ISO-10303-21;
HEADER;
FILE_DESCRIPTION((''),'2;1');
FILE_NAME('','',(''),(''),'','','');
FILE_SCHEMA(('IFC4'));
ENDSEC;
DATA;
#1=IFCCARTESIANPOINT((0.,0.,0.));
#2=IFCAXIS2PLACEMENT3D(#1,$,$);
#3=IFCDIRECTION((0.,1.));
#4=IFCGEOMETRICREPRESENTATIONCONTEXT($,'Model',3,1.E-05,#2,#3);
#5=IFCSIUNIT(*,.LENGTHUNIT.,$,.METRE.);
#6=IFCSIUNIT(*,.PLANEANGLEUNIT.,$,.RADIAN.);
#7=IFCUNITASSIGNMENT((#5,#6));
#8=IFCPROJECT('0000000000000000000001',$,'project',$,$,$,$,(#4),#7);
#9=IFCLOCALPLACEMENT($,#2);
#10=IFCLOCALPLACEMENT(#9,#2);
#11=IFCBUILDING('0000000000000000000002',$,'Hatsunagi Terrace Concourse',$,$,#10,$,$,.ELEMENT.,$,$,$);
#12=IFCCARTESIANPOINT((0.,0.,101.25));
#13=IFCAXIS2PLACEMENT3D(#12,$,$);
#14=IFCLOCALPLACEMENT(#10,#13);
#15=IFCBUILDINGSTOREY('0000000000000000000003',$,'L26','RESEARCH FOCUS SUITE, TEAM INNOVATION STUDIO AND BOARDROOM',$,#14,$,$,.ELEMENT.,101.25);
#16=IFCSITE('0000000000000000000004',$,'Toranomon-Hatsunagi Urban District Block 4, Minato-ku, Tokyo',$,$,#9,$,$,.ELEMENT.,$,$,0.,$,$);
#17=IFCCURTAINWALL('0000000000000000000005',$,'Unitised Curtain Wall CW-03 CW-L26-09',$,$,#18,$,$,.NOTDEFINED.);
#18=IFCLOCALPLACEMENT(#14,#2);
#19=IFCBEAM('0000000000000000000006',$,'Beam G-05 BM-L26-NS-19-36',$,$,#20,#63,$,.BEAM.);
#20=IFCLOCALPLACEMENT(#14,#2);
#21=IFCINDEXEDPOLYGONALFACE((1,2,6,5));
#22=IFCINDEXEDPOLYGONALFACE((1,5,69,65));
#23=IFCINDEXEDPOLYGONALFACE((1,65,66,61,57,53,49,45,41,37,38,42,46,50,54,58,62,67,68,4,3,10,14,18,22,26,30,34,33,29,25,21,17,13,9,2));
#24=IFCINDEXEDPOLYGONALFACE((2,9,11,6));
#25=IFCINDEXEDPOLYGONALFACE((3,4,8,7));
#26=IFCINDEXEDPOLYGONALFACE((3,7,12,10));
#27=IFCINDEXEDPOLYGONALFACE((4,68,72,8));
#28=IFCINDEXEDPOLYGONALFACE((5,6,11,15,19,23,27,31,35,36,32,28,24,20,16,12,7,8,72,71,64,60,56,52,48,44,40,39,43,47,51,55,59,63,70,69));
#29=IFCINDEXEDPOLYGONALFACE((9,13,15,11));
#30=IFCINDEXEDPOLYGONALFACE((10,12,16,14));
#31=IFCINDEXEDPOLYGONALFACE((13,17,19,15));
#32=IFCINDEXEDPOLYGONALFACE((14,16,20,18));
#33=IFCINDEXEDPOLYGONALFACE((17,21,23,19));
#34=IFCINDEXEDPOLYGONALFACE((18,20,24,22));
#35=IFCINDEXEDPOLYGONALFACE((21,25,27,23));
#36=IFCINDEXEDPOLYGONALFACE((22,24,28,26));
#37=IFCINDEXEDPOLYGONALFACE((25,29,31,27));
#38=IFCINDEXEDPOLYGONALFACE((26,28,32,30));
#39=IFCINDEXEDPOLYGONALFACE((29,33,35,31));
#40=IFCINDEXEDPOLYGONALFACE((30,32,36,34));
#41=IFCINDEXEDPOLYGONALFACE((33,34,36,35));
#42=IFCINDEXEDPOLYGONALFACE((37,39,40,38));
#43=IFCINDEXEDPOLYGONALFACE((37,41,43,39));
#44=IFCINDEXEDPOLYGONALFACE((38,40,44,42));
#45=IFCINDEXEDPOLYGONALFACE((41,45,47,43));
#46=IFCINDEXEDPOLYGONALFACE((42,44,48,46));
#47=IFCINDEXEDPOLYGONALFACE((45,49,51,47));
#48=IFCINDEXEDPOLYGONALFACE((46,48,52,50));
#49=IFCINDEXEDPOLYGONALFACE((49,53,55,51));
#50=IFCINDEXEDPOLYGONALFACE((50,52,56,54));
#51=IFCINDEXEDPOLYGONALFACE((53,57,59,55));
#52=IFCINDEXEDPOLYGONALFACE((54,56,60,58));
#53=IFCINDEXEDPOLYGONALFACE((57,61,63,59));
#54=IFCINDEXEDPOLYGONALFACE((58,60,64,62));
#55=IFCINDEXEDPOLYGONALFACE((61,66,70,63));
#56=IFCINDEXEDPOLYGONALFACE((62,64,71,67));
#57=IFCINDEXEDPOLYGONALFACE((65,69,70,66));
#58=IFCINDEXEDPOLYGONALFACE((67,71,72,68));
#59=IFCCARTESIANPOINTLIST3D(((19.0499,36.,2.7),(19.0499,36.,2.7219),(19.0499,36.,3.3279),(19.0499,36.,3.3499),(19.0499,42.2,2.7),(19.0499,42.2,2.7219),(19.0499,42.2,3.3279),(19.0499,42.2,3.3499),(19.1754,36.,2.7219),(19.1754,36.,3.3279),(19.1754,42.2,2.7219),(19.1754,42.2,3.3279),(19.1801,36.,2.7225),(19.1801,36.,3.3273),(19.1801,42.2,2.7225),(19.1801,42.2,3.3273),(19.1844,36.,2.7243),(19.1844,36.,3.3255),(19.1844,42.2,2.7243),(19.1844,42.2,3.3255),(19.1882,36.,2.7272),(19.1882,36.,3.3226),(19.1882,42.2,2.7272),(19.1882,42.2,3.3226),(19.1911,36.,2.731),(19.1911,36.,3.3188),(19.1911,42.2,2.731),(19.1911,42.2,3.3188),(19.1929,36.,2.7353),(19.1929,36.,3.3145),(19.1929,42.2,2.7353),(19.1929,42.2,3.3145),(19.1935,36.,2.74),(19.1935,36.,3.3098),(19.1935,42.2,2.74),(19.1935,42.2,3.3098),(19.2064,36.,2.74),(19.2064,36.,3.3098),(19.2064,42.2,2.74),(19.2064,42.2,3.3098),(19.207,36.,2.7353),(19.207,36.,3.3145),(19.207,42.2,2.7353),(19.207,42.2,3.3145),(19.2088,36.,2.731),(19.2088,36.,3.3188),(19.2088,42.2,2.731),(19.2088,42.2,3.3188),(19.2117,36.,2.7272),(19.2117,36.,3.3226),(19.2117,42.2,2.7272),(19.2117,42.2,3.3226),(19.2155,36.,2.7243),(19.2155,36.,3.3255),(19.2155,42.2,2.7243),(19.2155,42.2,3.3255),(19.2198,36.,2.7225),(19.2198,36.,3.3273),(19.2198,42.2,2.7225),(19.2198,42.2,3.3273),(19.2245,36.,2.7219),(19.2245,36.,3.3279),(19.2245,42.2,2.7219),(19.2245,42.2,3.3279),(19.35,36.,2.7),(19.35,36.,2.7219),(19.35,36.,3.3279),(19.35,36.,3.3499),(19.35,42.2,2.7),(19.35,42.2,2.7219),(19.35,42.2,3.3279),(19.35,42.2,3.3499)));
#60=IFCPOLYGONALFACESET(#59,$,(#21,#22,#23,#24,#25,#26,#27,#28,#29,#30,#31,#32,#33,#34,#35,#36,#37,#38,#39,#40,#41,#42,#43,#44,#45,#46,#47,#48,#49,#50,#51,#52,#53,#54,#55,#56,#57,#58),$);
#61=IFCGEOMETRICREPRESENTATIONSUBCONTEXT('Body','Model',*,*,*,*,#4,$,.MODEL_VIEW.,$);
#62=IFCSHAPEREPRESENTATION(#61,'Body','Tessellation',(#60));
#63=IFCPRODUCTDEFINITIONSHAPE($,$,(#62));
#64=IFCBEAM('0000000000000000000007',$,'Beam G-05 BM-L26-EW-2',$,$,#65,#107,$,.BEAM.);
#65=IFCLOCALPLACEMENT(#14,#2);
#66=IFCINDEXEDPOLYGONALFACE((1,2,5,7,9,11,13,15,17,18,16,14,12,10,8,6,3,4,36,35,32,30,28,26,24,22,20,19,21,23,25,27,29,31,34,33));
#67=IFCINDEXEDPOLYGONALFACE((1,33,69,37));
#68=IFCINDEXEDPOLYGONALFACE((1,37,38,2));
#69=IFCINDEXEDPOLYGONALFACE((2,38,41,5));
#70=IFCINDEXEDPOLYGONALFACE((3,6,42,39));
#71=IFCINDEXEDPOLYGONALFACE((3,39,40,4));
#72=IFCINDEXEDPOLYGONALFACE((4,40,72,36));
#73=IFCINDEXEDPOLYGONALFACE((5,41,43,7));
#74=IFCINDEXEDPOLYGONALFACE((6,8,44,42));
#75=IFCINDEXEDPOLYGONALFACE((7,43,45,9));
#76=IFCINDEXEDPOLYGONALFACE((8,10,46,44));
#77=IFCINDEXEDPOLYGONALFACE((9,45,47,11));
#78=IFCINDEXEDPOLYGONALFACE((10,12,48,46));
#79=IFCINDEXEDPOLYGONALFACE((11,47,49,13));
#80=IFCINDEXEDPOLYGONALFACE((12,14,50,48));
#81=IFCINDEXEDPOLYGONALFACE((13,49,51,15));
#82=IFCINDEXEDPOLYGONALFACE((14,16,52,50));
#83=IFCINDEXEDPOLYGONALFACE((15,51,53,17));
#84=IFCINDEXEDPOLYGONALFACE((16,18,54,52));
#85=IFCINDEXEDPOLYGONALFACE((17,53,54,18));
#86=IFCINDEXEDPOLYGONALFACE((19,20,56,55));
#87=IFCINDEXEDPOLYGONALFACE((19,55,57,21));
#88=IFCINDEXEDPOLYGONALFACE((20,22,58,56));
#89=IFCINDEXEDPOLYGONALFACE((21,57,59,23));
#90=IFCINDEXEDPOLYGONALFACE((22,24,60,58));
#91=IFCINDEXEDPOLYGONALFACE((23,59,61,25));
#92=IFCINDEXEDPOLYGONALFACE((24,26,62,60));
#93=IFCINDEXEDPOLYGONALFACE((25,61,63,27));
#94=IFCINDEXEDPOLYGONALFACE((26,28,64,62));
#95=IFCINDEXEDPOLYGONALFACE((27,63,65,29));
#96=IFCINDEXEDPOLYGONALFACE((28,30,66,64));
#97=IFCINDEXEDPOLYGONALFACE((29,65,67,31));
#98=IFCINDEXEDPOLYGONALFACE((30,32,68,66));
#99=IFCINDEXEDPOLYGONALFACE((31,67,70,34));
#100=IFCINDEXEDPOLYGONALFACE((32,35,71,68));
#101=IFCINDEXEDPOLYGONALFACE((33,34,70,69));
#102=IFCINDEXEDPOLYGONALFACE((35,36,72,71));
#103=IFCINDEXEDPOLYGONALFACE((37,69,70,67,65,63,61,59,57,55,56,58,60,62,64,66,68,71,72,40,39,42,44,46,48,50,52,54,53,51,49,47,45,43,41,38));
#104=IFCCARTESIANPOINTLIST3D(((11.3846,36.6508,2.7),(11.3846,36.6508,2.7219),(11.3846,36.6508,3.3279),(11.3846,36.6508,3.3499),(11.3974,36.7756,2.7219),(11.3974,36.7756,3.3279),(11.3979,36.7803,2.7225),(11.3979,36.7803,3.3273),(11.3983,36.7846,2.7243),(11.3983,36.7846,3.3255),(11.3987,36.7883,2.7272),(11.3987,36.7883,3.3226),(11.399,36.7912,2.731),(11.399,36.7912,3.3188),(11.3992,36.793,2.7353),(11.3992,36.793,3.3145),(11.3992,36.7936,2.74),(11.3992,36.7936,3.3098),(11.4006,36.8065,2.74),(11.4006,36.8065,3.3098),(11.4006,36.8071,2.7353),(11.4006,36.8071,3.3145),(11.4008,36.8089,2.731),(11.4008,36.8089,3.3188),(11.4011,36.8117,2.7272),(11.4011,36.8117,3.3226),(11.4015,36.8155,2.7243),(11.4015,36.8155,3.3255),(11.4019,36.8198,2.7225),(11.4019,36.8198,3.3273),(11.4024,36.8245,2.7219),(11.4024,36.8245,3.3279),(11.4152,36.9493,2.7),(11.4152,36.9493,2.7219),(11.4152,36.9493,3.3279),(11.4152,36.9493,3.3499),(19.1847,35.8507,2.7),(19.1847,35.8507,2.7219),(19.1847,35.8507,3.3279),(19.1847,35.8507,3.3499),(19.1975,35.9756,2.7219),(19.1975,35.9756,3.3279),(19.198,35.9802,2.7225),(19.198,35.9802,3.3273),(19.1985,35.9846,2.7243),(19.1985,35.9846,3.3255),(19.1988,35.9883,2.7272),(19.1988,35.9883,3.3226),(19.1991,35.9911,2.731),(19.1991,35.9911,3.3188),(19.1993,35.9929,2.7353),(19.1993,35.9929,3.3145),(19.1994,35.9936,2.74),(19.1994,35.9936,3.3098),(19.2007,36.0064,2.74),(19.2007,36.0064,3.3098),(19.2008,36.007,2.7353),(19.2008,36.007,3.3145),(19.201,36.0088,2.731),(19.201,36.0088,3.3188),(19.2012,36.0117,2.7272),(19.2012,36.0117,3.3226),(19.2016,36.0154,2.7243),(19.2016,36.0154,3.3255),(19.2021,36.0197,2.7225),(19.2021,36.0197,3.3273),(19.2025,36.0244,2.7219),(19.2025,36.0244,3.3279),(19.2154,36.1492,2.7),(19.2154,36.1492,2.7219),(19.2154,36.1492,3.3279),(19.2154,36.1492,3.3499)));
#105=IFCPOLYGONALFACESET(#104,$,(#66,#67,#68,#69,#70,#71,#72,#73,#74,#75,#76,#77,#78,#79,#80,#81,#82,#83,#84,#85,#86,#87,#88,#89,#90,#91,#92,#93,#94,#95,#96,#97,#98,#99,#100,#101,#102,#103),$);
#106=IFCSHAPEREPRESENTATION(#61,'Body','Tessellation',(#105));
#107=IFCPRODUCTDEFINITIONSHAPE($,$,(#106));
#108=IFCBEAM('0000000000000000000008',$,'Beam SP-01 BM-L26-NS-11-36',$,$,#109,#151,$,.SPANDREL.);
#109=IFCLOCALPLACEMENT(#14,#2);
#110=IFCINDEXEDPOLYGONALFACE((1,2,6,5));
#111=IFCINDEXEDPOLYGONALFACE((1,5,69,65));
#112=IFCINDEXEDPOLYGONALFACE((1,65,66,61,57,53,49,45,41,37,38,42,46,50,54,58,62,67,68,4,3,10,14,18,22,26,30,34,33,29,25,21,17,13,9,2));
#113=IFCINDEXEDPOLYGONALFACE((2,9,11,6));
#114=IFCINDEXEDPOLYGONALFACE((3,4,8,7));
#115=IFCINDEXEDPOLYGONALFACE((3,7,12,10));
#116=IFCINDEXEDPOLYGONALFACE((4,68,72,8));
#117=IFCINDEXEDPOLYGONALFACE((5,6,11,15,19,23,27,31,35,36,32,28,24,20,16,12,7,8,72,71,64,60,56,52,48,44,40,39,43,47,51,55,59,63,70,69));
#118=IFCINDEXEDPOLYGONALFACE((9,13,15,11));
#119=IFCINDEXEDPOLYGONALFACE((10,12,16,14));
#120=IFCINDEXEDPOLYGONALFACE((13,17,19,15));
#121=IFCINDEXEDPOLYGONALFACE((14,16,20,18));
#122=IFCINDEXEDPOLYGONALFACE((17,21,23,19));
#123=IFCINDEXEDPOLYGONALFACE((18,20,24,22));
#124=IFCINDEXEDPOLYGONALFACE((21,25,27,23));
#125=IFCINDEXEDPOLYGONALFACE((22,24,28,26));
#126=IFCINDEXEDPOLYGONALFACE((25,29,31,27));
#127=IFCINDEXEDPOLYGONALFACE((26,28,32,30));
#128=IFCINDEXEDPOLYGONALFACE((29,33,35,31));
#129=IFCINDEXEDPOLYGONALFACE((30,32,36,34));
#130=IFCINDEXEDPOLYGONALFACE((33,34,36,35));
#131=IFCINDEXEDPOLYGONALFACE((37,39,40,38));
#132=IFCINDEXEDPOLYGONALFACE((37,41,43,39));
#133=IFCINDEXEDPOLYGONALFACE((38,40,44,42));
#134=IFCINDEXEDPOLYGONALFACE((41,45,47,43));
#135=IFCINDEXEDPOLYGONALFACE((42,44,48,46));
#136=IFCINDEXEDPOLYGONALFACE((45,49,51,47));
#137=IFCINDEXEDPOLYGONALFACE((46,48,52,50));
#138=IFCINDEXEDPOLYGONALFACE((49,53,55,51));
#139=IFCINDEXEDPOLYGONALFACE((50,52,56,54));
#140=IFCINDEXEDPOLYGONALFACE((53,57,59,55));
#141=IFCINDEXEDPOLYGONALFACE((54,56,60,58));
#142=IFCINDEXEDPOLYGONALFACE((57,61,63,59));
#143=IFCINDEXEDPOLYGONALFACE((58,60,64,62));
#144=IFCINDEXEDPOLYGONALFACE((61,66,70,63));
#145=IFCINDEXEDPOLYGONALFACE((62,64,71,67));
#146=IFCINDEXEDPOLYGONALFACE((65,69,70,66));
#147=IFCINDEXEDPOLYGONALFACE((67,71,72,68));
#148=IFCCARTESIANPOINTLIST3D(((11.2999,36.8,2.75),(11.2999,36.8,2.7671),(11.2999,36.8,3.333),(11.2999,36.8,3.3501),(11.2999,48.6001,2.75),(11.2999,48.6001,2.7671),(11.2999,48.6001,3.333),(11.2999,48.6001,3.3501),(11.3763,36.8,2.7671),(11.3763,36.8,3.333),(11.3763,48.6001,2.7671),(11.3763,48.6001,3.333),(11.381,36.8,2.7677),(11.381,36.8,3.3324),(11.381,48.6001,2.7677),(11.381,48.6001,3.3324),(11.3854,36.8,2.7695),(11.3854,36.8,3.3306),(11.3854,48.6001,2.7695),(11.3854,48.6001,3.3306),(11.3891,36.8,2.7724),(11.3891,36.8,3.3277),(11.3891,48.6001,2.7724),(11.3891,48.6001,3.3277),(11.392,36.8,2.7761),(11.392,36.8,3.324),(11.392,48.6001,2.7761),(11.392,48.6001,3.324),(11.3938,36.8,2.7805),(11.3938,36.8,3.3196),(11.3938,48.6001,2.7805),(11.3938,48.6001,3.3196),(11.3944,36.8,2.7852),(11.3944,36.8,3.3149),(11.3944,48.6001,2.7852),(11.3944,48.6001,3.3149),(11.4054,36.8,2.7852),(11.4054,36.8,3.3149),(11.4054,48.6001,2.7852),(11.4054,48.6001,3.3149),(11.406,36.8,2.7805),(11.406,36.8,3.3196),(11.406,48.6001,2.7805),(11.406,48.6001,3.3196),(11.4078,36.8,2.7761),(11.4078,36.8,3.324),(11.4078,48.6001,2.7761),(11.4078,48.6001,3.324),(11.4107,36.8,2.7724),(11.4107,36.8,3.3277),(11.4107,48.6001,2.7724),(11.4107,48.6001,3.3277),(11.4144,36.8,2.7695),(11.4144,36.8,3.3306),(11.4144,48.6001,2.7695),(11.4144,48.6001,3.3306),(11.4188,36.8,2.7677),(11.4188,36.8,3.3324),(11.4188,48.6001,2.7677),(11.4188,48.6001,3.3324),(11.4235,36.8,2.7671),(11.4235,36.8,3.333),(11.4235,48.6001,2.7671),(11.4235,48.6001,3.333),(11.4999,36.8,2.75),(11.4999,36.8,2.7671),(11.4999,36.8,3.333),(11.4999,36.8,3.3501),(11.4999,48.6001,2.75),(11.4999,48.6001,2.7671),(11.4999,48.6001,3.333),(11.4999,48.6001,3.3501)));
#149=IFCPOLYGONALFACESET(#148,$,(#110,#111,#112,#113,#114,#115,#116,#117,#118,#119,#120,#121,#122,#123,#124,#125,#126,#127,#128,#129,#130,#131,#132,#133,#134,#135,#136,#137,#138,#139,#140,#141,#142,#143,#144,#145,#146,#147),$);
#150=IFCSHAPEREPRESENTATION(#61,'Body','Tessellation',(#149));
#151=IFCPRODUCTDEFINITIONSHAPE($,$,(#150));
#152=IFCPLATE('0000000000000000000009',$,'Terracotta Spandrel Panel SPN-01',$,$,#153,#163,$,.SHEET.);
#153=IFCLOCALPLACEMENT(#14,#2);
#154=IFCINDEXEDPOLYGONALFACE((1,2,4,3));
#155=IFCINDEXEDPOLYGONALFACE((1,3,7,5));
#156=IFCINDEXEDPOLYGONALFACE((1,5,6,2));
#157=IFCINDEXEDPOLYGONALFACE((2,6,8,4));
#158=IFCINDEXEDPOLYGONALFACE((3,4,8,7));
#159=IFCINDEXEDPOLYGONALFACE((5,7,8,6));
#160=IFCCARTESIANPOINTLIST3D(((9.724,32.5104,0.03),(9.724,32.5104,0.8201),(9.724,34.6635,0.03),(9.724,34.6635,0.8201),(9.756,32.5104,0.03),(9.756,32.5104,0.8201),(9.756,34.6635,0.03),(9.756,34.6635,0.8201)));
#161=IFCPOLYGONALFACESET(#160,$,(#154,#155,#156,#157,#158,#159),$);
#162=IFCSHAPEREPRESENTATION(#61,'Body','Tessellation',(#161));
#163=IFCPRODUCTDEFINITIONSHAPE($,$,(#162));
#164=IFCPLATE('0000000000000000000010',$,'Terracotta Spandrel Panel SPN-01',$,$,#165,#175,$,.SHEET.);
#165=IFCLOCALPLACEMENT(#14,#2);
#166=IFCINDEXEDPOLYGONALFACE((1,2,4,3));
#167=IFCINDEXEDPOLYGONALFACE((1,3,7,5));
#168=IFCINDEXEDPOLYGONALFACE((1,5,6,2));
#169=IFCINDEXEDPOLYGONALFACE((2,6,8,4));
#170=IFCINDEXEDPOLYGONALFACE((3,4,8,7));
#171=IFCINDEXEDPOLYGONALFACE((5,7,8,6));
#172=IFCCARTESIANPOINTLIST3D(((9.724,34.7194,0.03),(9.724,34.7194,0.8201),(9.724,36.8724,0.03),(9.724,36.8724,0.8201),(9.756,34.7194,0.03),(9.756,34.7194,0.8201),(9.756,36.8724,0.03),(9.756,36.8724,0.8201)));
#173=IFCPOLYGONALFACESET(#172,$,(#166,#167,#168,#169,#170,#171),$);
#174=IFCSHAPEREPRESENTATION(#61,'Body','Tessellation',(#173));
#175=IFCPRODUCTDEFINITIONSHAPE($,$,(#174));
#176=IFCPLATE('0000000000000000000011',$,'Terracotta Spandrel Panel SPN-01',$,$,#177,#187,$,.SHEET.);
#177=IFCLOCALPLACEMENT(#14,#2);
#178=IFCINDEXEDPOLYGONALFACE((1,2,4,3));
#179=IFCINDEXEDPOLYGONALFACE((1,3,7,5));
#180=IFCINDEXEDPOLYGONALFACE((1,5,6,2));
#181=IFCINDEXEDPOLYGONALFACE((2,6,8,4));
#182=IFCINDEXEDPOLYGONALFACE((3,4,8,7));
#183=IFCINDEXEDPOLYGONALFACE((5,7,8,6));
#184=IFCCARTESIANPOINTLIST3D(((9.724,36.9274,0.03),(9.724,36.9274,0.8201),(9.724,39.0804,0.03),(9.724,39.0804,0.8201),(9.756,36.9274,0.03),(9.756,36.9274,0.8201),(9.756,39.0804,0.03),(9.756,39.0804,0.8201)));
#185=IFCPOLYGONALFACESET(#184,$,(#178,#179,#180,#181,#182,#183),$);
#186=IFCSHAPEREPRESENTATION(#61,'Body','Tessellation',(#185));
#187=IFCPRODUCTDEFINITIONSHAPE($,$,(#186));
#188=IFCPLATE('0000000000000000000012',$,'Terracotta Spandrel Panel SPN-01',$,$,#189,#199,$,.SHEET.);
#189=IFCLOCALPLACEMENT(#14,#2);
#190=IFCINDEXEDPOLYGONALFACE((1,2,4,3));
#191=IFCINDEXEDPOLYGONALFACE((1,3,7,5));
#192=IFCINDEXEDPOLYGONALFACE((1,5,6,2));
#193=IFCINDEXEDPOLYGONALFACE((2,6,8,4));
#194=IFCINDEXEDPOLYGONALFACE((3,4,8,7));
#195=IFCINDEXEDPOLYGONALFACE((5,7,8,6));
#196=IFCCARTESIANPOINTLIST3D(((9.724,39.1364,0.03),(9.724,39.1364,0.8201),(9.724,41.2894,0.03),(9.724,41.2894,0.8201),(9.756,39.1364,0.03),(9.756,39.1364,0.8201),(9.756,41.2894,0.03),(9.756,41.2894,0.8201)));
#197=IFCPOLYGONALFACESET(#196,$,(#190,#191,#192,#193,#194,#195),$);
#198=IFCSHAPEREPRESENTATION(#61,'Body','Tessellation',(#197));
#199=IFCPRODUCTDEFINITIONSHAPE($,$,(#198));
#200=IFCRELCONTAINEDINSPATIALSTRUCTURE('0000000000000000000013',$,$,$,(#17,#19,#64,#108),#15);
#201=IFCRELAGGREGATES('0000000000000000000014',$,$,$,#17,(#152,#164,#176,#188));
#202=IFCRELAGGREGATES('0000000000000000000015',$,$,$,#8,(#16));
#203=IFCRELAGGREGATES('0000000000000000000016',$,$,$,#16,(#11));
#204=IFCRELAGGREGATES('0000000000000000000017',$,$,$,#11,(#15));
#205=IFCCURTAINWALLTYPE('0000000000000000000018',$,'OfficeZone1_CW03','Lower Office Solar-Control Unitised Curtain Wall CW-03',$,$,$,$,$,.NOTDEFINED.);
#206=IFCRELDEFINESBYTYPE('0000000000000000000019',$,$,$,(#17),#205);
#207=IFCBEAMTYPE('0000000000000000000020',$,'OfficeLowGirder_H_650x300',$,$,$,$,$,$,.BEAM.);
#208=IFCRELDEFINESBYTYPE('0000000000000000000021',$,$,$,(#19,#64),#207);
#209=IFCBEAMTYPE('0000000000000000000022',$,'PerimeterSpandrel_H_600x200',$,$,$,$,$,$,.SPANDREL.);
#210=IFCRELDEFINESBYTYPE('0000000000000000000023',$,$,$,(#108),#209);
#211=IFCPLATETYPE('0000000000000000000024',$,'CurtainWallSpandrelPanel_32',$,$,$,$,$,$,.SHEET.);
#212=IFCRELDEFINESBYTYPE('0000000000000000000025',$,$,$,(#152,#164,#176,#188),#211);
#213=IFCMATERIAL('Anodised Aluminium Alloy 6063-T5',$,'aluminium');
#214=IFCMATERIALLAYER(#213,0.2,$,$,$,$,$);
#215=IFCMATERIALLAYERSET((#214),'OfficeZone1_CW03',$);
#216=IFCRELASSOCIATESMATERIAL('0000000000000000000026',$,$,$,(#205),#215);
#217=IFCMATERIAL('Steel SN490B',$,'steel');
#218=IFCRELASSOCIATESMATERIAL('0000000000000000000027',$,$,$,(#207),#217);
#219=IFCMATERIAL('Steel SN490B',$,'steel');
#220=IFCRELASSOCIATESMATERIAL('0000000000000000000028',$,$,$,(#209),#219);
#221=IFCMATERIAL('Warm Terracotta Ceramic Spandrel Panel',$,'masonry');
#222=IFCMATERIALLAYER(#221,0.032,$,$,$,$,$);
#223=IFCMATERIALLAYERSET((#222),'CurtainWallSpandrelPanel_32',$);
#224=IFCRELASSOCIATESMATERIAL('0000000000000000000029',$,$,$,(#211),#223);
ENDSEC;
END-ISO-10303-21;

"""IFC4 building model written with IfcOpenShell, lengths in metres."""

from ifc_helpers import new_model, si_unit, direction, frame, origin, origin_2d, place, context, subcontext, project, spatial, rectangle, i_section, extrude, material, layer, layer_set, material_profile, profile_set, type_object, element, aggregate, save


model = new_model("IFC4")

# Units and contexts
model_context = context("Model", 3, precision=1e-05, world=origin(), true_north=direction((0.0, 1.0)))
body_context = subcontext(model_context, "Body", "Model", "MODEL_VIEW")
ifc_project = project(units=[si_unit("LENGTHUNIT", "METRE"), si_unit("PLANEANGLEUNIT", "RADIAN")], contexts=[model_context])

# Site, building, storey
site_placement = place(None, origin())
site = spatial("IfcSite", under=ifc_project, at=site_placement, Name="Toranomon-Hatsunagi Urban District Block 4, Minato-ku, Tokyo", CompositionType="ELEMENT", RefElevation=0.0)
building_placement = place(site_placement, origin())
building = spatial("IfcBuilding", under=site, at=building_placement, Name="Hatsunagi Terrace Concourse", CompositionType="ELEMENT")
storey_placement = place(building_placement, frame((0.0, 0.0, 101.25)))
storey = spatial("IfcBuildingStorey", under=building, at=storey_placement, Name="L26", Description="RESEARCH FOCUS SUITE, TEAM INNOVATION STUDIO AND BOARDROOM", CompositionType="ELEMENT", Elevation=101.25)

# Curtain wall
ifc_material_1 = material(Name="Anodised Aluminium Alloy 6063-T5", Category="aluminium")
ifc_layer_1 = layer(ifc_material_1, 0.2)
ifc_layer_set_1 = layer_set([ifc_layer_1], Name="OfficeZone1_CW03")
curtain_wall_type = type_object("IfcCurtainWallType", Name="OfficeZone1_CW03", Description="Lower Office Solar-Control Unitised Curtain Wall CW-03", PredefinedType="NOTDEFINED", material=ifc_layer_set_1)
curtain_wall_placement = place(storey_placement, origin())
curtain_wall = element("IfcCurtainWall", 1, at=curtain_wall_placement, inside=storey, type_object=curtain_wall_type, Name="Unitised Curtain Wall CW-03 CW-L26-09", PredefinedType="NOTDEFINED")

# Beams
ifc_material_2 = material(Name="Steel SN490B", Category="steel")
ifc_material_profile_1 = material_profile(ifc_material_2, i_section(OverallWidth=0.3, OverallDepth=0.6499, WebThickness=0.0129, FlangeThickness=0.022, FilletRadius=0.0181, at=origin_2d()), Name="H-650x300x13x22")
ifc_profile_set_1 = profile_set([ifc_material_profile_1], Name="Steel SN490B")
beam_type_1 = type_object("IfcBeamType", Name="OfficeLowGirder_H_650x300", PredefinedType="BEAM", material=ifc_profile_set_1)
beam_1_placement = place(storey_placement, frame((19.2, 36.0, 3.0249), z_axis=(0.0, 1.0, 0.0), x_axis=(-1.0, 0.0, 0.0)))
element("IfcBeam", 2, at=beam_1_placement, inside=storey, type_object=beam_type_1, Name="Beam G-05 BM-L26-NS-19-36", PredefinedType="BEAM", context=body_context, shape_type="SweptSolid", body=[
    extrude(i_section(OverallWidth=0.3, OverallDepth=0.6499, WebThickness=0.0129, FlangeThickness=0.022, FilletRadius=0.0181, at=origin_2d()), origin(), (0.0, 0.0, 1.0), 6.2),
])
beam_2_placement = place(storey_placement, frame((11.3999, 36.8, 3.0249), z_axis=(0.994781, -0.102034, 0.0), x_axis=(0.102034, 0.994781, 0.0)))
element("IfcBeam", 3, at=beam_2_placement, inside=storey, type_object=beam_type_1, Name="Beam G-05 BM-L26-EW-2", PredefinedType="BEAM", context=body_context, shape_type="SweptSolid", body=[
    extrude(i_section(OverallWidth=0.3, OverallDepth=0.6499, WebThickness=0.0129, FlangeThickness=0.022, FilletRadius=0.0181, at=origin_2d()), origin(), (0.0, 0.0, 1.0), 7.8411),
])
ifc_material_3 = material(Name="Steel SN490B", Category="steel")
ifc_material_profile_2 = material_profile(ifc_material_3, i_section(OverallWidth=0.2, OverallDepth=0.6001, WebThickness=0.011, FlangeThickness=0.0171, FilletRadius=0.0181, at=origin_2d()), Name="H-600x200x11x17")
ifc_profile_set_2 = profile_set([ifc_material_profile_2], Name="Steel SN490B")
beam_type_2 = type_object("IfcBeamType", Name="PerimeterSpandrel_H_600x200", PredefinedType="SPANDREL", material=ifc_profile_set_2)
beam_3_placement = place(storey_placement, frame((11.3999, 36.8, 3.05), z_axis=(0.0, 1.0, 0.0), x_axis=(-1.0, 0.0, 0.0)))
element("IfcBeam", 4, at=beam_3_placement, inside=storey, type_object=beam_type_2, Name="Beam SP-01 BM-L26-NS-11-36", PredefinedType="SPANDREL", context=body_context, shape_type="SweptSolid", body=[
    extrude(i_section(OverallWidth=0.2, OverallDepth=0.6001, WebThickness=0.011, FlangeThickness=0.0171, FilletRadius=0.0181, at=origin_2d()), origin(), (0.0, 0.0, 1.0), 11.8),
])

# Plates
ifc_material_4 = material(Name="Warm Terracotta Ceramic Spandrel Panel", Category="masonry")
ifc_layer_2 = layer(ifc_material_4, 0.032)
ifc_layer_set_2 = layer_set([ifc_layer_2], Name="CurtainWallSpandrelPanel_32")
plate_type_1 = type_object("IfcPlateType", Name="CurtainWallSpandrelPanel_32", PredefinedType="SHEET", material=ifc_layer_set_2)
plate_1_placement = place(storey_placement, frame((9.74, 33.5869, 0.03), z_axis=(0.0, 0.0, 1.0), x_axis=(0.0, 1.0, 0.0)))
plate_1 = element("IfcPlate", 5, at=plate_1_placement, type_object=plate_type_1, Name="Terracotta Spandrel Panel SPN-01", PredefinedType="SHEET", context=body_context, shape_type="SweptSolid", body=[
    extrude(rectangle(XDim=2.1531, YDim=0.032, at=origin_2d()), origin(), (0.0, 0.0, 1.0), 0.79),
])
plate_2_placement = place(storey_placement, frame((9.74, 35.7959, 0.03), z_axis=(0.0, 0.0, 1.0), x_axis=(0.0, 1.0, 0.0)))
plate_2 = element("IfcPlate", 6, at=plate_2_placement, type_object=plate_type_1, Name="Terracotta Spandrel Panel SPN-01", PredefinedType="SHEET", context=body_context, shape_type="SweptSolid", body=[
    extrude(rectangle(XDim=2.1531, YDim=0.032, at=origin_2d()), origin(), (0.0, 0.0, 1.0), 0.79),
])
plate_3_placement = place(storey_placement, frame((9.74, 38.0039, 0.03), z_axis=(0.0, 0.0, 1.0), x_axis=(0.0, 1.0, 0.0)))
plate_3 = element("IfcPlate", 7, at=plate_3_placement, type_object=plate_type_1, Name="Terracotta Spandrel Panel SPN-01", PredefinedType="SHEET", context=body_context, shape_type="SweptSolid", body=[
    extrude(rectangle(XDim=2.1531, YDim=0.032, at=origin_2d()), origin(), (0.0, 0.0, 1.0), 0.79),
])
plate_4_placement = place(storey_placement, frame((9.74, 40.2129, 0.03), z_axis=(0.0, 0.0, 1.0), x_axis=(0.0, 1.0, 0.0)))
plate_4 = element("IfcPlate", 8, at=plate_4_placement, type_object=plate_type_1, Name="Terracotta Spandrel Panel SPN-01", PredefinedType="SHEET", context=body_context, shape_type="SweptSolid", body=[
    extrude(rectangle(XDim=2.1531, YDim=0.032, at=origin_2d()), origin(), (0.0, 0.0, 1.0), 0.79),
])
aggregate(curtain_wall, [plate_1, plate_2, plate_3, plate_4])

save(model, "model.ifc")
